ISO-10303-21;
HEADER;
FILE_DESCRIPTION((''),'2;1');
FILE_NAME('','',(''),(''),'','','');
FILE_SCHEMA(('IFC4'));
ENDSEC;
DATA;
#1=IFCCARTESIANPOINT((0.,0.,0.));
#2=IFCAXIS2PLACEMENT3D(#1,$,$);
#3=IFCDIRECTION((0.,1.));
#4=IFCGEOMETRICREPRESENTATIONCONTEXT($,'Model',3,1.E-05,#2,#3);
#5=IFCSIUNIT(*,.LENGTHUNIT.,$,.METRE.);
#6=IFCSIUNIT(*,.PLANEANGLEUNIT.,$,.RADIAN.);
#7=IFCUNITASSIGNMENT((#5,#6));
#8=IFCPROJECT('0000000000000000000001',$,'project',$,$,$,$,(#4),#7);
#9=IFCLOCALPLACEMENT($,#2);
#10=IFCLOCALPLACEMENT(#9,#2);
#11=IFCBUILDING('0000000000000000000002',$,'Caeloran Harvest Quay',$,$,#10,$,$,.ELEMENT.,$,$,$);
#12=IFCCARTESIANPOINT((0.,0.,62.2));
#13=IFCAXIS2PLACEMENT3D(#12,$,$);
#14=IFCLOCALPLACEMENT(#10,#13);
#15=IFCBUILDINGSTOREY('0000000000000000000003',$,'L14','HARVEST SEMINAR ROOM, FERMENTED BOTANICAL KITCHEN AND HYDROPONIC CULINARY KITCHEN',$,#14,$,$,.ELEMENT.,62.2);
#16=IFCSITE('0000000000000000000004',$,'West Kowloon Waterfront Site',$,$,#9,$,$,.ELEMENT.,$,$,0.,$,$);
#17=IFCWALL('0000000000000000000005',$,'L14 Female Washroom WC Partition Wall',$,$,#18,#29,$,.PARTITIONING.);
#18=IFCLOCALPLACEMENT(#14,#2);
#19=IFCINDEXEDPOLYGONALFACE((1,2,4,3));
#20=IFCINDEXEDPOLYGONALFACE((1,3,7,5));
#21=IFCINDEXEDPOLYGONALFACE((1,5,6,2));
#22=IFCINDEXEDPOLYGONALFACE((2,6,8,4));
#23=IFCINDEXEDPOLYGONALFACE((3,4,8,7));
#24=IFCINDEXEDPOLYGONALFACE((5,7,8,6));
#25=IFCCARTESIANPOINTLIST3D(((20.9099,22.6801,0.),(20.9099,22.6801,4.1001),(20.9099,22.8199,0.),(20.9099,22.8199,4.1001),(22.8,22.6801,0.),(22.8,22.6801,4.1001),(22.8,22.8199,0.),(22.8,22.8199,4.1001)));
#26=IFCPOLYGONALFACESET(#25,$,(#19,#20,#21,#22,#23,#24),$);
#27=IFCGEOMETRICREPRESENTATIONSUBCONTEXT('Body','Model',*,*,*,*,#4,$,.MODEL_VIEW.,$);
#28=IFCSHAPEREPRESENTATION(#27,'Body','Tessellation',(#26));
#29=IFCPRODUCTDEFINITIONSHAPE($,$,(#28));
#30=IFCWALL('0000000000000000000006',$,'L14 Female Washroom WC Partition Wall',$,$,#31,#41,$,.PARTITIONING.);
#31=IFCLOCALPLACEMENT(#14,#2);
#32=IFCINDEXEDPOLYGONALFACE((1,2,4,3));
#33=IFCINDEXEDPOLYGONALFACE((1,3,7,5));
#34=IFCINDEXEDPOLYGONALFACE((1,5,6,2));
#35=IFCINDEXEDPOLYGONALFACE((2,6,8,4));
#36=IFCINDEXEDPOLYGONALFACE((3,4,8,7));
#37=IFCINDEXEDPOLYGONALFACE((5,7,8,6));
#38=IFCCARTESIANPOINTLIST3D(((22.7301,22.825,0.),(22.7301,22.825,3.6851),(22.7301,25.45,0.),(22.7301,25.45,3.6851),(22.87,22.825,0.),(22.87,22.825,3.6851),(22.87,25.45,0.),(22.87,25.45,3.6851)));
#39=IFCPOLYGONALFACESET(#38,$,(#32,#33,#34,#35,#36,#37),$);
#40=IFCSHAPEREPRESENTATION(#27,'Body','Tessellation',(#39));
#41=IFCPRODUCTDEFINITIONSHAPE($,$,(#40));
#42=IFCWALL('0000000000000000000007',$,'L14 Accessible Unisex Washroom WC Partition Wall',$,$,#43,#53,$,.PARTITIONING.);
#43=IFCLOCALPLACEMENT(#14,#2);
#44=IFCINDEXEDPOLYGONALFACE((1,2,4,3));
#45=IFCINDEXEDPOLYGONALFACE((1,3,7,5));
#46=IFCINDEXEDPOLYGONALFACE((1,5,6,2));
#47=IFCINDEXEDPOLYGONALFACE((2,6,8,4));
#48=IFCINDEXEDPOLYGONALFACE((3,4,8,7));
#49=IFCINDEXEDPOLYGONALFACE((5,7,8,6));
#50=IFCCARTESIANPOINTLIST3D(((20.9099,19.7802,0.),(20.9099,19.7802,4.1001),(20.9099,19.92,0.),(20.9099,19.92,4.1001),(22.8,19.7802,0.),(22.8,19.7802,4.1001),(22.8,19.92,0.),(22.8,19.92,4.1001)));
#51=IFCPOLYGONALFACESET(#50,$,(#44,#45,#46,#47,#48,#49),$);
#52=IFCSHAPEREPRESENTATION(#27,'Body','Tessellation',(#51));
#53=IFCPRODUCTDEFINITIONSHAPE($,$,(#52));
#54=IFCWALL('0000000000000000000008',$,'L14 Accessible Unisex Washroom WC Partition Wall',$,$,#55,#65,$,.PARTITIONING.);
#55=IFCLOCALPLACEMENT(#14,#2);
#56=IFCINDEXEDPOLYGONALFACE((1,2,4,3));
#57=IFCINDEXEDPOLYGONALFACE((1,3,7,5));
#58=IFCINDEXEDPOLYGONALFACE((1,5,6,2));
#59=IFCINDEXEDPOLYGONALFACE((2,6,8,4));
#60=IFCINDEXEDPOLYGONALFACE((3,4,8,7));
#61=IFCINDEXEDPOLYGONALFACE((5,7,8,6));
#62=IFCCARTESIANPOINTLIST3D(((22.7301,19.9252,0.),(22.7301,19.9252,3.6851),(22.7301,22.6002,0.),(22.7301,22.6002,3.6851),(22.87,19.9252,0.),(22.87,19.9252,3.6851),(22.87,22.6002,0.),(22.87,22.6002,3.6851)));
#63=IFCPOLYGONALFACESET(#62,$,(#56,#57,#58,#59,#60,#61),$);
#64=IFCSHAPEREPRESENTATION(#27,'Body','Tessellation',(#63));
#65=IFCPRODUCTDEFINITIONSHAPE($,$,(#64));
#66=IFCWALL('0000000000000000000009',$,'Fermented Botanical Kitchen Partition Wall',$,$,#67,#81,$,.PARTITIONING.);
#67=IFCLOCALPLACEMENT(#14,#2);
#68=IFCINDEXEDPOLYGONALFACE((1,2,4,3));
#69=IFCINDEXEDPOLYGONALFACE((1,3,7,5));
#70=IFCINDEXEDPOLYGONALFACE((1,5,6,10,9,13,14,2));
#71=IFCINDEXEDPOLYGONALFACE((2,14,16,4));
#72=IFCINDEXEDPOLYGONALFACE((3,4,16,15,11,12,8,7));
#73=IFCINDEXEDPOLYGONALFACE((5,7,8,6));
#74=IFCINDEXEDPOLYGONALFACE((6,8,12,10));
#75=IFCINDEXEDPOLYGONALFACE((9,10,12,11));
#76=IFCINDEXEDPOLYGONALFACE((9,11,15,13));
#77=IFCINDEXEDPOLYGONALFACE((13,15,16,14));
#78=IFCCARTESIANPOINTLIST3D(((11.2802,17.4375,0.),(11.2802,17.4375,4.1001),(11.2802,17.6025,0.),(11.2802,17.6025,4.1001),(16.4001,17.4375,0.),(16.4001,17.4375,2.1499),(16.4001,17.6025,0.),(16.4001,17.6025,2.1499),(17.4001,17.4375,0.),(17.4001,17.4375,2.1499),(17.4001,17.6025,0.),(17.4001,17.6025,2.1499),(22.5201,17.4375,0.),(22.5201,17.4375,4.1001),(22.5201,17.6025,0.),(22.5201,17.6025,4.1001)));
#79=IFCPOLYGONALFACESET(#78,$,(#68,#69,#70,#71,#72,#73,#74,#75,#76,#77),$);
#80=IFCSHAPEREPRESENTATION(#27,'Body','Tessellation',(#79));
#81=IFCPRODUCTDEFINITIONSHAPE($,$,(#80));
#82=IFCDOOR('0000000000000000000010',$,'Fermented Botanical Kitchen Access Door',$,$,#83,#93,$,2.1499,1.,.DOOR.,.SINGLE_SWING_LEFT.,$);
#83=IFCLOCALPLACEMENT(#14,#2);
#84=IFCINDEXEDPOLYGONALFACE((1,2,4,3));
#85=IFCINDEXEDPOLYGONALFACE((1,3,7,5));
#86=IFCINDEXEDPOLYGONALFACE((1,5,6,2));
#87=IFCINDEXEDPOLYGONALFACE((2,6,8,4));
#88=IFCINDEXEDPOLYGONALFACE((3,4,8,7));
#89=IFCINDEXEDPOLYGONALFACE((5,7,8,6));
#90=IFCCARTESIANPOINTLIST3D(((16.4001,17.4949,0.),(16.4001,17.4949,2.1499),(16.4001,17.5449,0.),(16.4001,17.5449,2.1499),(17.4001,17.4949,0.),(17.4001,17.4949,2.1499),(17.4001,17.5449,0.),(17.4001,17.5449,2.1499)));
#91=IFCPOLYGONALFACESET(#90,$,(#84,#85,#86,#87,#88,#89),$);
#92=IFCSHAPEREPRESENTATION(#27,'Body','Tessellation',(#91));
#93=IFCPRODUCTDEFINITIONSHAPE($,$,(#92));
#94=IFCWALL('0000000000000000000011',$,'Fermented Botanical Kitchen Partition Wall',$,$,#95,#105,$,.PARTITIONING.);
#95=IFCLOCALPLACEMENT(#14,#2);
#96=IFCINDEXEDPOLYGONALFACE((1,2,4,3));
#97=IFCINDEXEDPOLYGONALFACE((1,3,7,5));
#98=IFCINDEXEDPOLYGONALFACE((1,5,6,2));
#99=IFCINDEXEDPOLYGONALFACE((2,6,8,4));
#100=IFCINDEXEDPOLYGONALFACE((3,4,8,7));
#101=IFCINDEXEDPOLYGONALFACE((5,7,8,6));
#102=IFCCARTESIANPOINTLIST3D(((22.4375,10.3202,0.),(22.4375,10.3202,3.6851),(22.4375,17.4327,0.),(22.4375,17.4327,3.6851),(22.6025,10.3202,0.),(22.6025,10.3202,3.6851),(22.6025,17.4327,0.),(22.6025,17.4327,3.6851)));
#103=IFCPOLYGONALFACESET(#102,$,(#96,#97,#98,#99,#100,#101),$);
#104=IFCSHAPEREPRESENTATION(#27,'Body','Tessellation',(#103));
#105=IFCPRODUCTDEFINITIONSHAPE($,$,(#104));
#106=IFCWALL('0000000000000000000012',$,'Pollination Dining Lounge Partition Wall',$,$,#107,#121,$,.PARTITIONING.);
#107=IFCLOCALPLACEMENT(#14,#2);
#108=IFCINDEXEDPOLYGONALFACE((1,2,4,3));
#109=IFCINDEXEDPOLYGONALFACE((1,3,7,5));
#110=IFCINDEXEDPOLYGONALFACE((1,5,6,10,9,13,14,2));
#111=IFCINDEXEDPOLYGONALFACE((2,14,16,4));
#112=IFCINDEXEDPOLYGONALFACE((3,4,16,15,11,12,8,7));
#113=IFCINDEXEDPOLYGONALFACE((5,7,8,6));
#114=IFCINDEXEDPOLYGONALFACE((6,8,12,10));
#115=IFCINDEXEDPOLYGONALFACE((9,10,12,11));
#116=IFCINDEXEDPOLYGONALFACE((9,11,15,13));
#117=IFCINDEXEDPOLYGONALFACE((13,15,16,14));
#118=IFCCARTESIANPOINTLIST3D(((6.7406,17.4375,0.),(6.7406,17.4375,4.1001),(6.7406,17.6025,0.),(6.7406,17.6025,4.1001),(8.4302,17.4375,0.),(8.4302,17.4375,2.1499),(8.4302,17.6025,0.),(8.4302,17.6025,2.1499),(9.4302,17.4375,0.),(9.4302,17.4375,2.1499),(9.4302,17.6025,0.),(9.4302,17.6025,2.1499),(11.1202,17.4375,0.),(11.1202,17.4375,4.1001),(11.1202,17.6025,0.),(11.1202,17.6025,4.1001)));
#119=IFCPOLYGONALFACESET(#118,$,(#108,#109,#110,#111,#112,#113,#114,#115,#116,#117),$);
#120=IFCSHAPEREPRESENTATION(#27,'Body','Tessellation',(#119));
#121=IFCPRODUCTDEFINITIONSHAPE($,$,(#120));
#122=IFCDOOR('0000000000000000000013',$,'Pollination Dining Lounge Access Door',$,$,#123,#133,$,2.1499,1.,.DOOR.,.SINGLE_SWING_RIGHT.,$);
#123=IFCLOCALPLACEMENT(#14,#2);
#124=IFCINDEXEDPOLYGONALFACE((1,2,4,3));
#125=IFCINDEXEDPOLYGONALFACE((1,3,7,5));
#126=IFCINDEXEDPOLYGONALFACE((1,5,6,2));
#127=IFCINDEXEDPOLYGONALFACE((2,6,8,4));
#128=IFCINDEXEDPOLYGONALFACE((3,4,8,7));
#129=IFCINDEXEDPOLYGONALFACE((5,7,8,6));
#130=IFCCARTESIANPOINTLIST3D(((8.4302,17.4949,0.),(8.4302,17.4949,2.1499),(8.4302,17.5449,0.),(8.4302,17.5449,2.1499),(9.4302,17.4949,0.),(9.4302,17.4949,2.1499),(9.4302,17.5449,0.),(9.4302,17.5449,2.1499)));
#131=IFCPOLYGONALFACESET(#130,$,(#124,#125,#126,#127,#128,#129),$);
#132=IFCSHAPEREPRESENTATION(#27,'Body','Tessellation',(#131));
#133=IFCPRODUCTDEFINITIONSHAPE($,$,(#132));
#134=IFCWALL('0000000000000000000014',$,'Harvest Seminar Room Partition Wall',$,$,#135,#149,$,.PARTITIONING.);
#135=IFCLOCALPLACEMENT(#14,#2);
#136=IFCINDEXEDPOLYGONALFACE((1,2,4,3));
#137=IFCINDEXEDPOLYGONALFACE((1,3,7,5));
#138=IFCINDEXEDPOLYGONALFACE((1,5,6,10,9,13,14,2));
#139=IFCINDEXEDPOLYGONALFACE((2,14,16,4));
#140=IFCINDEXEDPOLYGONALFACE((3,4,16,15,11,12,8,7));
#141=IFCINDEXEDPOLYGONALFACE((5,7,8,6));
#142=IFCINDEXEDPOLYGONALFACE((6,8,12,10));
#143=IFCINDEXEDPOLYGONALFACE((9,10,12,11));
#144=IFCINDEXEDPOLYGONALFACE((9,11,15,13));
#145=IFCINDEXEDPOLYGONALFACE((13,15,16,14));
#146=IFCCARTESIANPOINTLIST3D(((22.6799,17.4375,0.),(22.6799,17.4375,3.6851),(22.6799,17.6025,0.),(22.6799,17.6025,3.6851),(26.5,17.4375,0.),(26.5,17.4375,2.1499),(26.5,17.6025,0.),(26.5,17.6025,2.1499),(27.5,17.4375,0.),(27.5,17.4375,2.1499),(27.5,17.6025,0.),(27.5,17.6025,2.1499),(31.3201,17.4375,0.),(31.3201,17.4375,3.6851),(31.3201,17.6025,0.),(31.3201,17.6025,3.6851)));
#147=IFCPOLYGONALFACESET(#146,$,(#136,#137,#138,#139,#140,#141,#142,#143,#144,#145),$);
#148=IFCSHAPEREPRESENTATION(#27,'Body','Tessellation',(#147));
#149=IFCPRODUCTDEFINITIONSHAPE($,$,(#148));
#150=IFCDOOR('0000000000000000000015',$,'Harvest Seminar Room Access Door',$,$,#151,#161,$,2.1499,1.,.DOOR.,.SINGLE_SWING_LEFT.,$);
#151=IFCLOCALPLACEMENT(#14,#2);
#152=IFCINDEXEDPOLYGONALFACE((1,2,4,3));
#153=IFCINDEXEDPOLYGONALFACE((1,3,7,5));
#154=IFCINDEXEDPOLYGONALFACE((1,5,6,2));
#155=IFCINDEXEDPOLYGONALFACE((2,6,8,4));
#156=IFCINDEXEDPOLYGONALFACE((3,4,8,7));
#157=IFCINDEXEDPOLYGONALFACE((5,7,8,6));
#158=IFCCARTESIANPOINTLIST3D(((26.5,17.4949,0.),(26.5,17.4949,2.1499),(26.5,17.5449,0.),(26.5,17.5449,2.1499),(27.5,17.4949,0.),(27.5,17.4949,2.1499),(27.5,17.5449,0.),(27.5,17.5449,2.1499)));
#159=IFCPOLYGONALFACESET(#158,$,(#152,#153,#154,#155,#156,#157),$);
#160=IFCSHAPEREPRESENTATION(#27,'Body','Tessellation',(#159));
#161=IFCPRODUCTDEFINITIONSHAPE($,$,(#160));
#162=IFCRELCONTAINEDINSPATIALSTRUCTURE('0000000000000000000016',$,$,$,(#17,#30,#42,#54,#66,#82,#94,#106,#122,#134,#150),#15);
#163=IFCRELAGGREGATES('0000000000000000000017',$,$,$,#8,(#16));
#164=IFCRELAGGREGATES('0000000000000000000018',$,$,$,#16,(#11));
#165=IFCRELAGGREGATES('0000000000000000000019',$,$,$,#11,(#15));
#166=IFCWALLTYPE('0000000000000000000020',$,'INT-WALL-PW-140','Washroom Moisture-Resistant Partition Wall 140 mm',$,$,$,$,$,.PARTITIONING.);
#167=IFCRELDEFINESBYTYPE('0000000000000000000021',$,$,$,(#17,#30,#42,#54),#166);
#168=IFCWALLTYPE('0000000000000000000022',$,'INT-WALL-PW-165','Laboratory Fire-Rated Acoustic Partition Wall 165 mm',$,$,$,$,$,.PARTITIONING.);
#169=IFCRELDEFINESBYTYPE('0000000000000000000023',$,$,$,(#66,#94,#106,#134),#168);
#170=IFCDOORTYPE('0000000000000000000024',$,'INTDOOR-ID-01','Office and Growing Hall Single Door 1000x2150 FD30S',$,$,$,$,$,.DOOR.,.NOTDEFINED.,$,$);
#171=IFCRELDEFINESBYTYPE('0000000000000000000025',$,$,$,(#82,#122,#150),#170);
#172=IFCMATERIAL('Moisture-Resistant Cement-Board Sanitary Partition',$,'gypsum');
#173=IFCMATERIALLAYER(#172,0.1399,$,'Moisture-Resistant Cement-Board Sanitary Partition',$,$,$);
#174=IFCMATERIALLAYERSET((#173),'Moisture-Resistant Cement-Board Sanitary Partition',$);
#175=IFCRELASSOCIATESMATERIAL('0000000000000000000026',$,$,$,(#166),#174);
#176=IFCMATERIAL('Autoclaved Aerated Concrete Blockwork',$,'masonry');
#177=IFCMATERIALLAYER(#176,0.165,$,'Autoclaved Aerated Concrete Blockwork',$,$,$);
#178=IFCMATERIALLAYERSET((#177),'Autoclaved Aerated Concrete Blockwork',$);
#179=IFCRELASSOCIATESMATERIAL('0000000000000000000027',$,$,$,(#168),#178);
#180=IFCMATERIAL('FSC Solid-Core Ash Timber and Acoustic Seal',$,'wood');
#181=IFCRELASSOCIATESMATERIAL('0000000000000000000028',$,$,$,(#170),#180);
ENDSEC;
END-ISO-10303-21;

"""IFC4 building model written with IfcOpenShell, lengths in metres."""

from ifc_helpers import new_model, si_unit, direction, frame, frame_2d, origin, place, context, subcontext, project, spatial, rectangle, extrude, material, layer, layer_set, type_object, element, fill, save


model = new_model("IFC4")

# Units and contexts
model_context = context("Model", 3, precision=1e-05, world=origin(), true_north=direction((0.0, 1.0)))
body_context = subcontext(model_context, "Body", "Model", "MODEL_VIEW")
ifc_project = project(units=[si_unit("LENGTHUNIT", "METRE"), si_unit("PLANEANGLEUNIT", "RADIAN")], contexts=[model_context])

# Site, building, storey
site_placement = place(None, origin())
site = spatial("IfcSite", under=ifc_project, at=site_placement, Name="West Kowloon Waterfront Site", CompositionType="ELEMENT", RefElevation=0.0)
building_placement = place(site_placement, origin())
building = spatial("IfcBuilding", under=site, at=building_placement, Name="Caeloran Harvest Quay", CompositionType="ELEMENT")
storey_placement = place(building_placement, frame((0.0, 0.0, 62.2)))
storey = spatial("IfcBuildingStorey", under=building, at=storey_placement, Name="L14", Description="HARVEST SEMINAR ROOM, FERMENTED BOTANICAL KITCHEN AND HYDROPONIC CULINARY KITCHEN", CompositionType="ELEMENT", Elevation=62.2)

# Shared definitions
ifc_material_1 = material(Name="Moisture-Resistant Cement-Board Sanitary Partition", Category="gypsum")
ifc_layer_1 = layer(ifc_material_1, 0.1399, Name="Moisture-Resistant Cement-Board Sanitary Partition")
ifc_layer_set_1 = layer_set([ifc_layer_1], Name="Moisture-Resistant Cement-Board Sanitary Partition")
wall_type_1 = type_object("IfcWallType", Name="INT-WALL-PW-140", Description="Washroom Moisture-Resistant Partition Wall 140 mm", PredefinedType="PARTITIONING", material=ifc_layer_set_1)

# Wall
wall_1_placement = place(storey_placement, frame((22.8, 22.75, 0.0), z_axis=(0.0, 0.0, 1.0), x_axis=(-1.0, 0.0, 0.0)))
element("IfcWall", 1, at=wall_1_placement, inside=storey, type_object=wall_type_1, Name="L14 Female Washroom WC Partition Wall", PredefinedType="PARTITIONING", context=body_context, shape_type="SweptSolid", body=[
    extrude(rectangle(XDim=1.8901, YDim=0.1399, at=frame_2d((0.9451, 0.0))), origin(), (0.0, 0.0, 1.0), 4.1001),
])

# Walls
wall_2_placement = place(storey_placement, frame((22.8, 25.45, 0.0), z_axis=(0.0, 0.0, 1.0), x_axis=(0.0, -1.0, 0.0)))
element("IfcWall", 2, at=wall_2_placement, inside=storey, type_object=wall_type_1, Name="L14 Female Washroom WC Partition Wall", PredefinedType="PARTITIONING", context=body_context, shape_type="SweptSolid", body=[
    extrude(rectangle(XDim=2.625, YDim=0.1399, at=frame_2d((1.3125, 0.0))), origin(), (0.0, 0.0, 1.0), 3.6851),
])
wall_3_placement = place(storey_placement, frame((22.8, 19.8501, 0.0), z_axis=(0.0, 0.0, 1.0), x_axis=(-1.0, 0.0, 0.0)))
element("IfcWall", 3, at=wall_3_placement, inside=storey, type_object=wall_type_1, Name="L14 Accessible Unisex Washroom WC Partition Wall", PredefinedType="PARTITIONING", context=body_context, shape_type="SweptSolid", body=[
    extrude(rectangle(XDim=1.8901, YDim=0.1399, at=frame_2d((0.9451, 0.0))), origin(), (0.0, 0.0, 1.0), 4.1001),
])

# Wall
wall_4_placement = place(storey_placement, frame((22.8, 22.6001, 0.0), z_axis=(0.0, 0.0, 1.0), x_axis=(0.0, -1.0, 0.0)))
element("IfcWall", 4, at=wall_4_placement, inside=storey, type_object=wall_type_1, Name="L14 Accessible Unisex Washroom WC Partition Wall", PredefinedType="PARTITIONING", context=body_context, shape_type="SweptSolid", body=[
    extrude(rectangle(XDim=2.675, YDim=0.1399, at=frame_2d((1.3374, 0.0))), origin(), (0.0, 0.0, 1.0), 3.6851),
])

# Wall, opening, door
ifc_material_2 = material(Name="Autoclaved Aerated Concrete Blockwork", Category="masonry")
ifc_layer_2 = layer(ifc_material_2, 0.165, Name="Autoclaved Aerated Concrete Blockwork")
ifc_layer_set_2 = layer_set([ifc_layer_2], Name="Autoclaved Aerated Concrete Blockwork")
wall_type_2 = type_object("IfcWallType", Name="INT-WALL-PW-165", Description="Laboratory Fire-Rated Acoustic Partition Wall 165 mm", PredefinedType="PARTITIONING", material=ifc_layer_set_2)
wall_5_placement = place(storey_placement, frame((11.28, 17.52, 0.0), z_axis=(0.0, 0.0, 1.0), x_axis=(1.0, 0.0, 0.0)))
wall_5 = element("IfcWall", 5, at=wall_5_placement, inside=storey, type_object=wall_type_2, Name="Fermented Botanical Kitchen Partition Wall", PredefinedType="PARTITIONING", context=body_context, shape_type="SweptSolid", body=[
    extrude(rectangle(XDim=11.24, YDim=0.165, at=frame_2d((5.6201, 0.0))), origin(), (0.0, 0.0, 1.0), 4.1001),
])
opening_1_placement = place(wall_5_placement, frame((5.1201, 0.0, 0.0)))
opening_1 = element("IfcOpeningElement", 6, at=opening_1_placement, cuts=wall_5, PredefinedType="OPENING", context=body_context, shape_type="SweptSolid", body=[
    extrude(rectangle(XDim=1.0, YDim=2.1499, at=frame_2d((0.5, 1.075))), frame((0.0, 0.0925, 0.0), z_axis=(0.0, -1.0, 0.0), x_axis=(1.0, 0.0, 0.0)), (0.0, 0.0, 1.0), 0.1851),
])
ifc_material_3 = material(Name="FSC Solid-Core Ash Timber and Acoustic Seal", Category="wood")
door_type_1 = type_object("IfcDoorType", Name="INTDOOR-ID-01", Description="Office and Growing Hall Single Door 1000x2150 FD30S", OperationType="NOTDEFINED", PredefinedType="DOOR", material=ifc_material_3)
door_1_placement = place(opening_1_placement, origin())
door_1 = element("IfcDoor", 7, at=door_1_placement, inside=storey, type_object=door_type_1, Name="Fermented Botanical Kitchen Access Door", OperationType="SINGLE_SWING_LEFT", OverallHeight=2.1499, OverallWidth=1.0, PredefinedType="DOOR", context=body_context, shape_type="SweptSolid", body=[
    extrude(rectangle(XDim=1.0, YDim=2.1499, at=frame_2d((0.5, 1.075))), frame((0.0, 0.0249, 0.0), z_axis=(0.0, -1.0, 0.0), x_axis=(1.0, 0.0, 0.0)), (0.0, 0.0, 1.0), 0.05),
])
fill(opening_1, door_1)

# Wall
wall_6_placement = place(storey_placement, frame((22.52, 17.4326, 0.0), z_axis=(0.0, 0.0, 1.0), x_axis=(0.0, -1.0, 0.0)))
element("IfcWall", 8, at=wall_6_placement, inside=storey, type_object=wall_type_2, Name="Fermented Botanical Kitchen Partition Wall", PredefinedType="PARTITIONING", context=body_context, shape_type="SweptSolid", body=[
    extrude(rectangle(XDim=7.1125, YDim=0.165, at=frame_2d((3.5562, 0.0))), origin(), (0.0, 0.0, 1.0), 3.6851),
])

# Walls, openings, doors
wall_7_placement = place(storey_placement, frame((6.7405, 17.52, 0.0), z_axis=(0.0, 0.0, 1.0), x_axis=(1.0, 0.0, 0.0)))
wall_7 = element("IfcWall", 9, at=wall_7_placement, inside=storey, type_object=wall_type_2, Name="Pollination Dining Lounge Partition Wall", PredefinedType="PARTITIONING", context=body_context, shape_type="SweptSolid", body=[
    extrude(rectangle(XDim=4.3796, YDim=0.165, at=frame_2d((2.1899, 0.0))), origin(), (0.0, 0.0, 1.0), 4.1001),
])
opening_2_placement = place(wall_7_placement, frame((1.6897, 0.0, 0.0)))
opening_2 = element("IfcOpeningElement", 10, at=opening_2_placement, cuts=wall_7, PredefinedType="OPENING", context=body_context, shape_type="SweptSolid", body=[
    extrude(rectangle(XDim=1.0, YDim=2.1499, at=frame_2d((0.5, 1.075))), frame((0.0, 0.0925, 0.0), z_axis=(0.0, -1.0, 0.0), x_axis=(1.0, 0.0, 0.0)), (0.0, 0.0, 1.0), 0.1851),
])
door_2_placement = place(opening_2_placement, origin())
door_2 = element("IfcDoor", 11, at=door_2_placement, inside=storey, type_object=door_type_1, Name="Pollination Dining Lounge Access Door", OperationType="SINGLE_SWING_RIGHT", OverallHeight=2.1499, OverallWidth=1.0, PredefinedType="DOOR", context=body_context, shape_type="SweptSolid", body=[
    extrude(rectangle(XDim=1.0, YDim=2.1499, at=frame_2d((0.5, 1.075))), frame((0.0, 0.0249, 0.0), z_axis=(0.0, -1.0, 0.0), x_axis=(1.0, 0.0, 0.0)), (0.0, 0.0, 1.0), 0.05),
])
fill(opening_2, door_2)
wall_8_placement = place(storey_placement, frame((22.6799, 17.52, 0.0), z_axis=(0.0, 0.0, 1.0), x_axis=(1.0, 0.0, 0.0)))
wall_8 = element("IfcWall", 12, at=wall_8_placement, inside=storey, type_object=wall_type_2, Name="Harvest Seminar Room Partition Wall", PredefinedType="PARTITIONING", context=body_context, shape_type="SweptSolid", body=[
    extrude(rectangle(XDim=8.6401, YDim=0.165, at=frame_2d((4.3201, 0.0))), origin(), (0.0, 0.0, 1.0), 3.6851),
])
opening_3_placement = place(wall_8_placement, frame((3.8201, 0.0, 0.0)))
opening_3 = element("IfcOpeningElement", 13, at=opening_3_placement, cuts=wall_8, PredefinedType="OPENING", context=body_context, shape_type="SweptSolid", body=[
    extrude(rectangle(XDim=1.0, YDim=2.1499, at=frame_2d((0.5, 1.075))), frame((0.0, 0.0925, 0.0), z_axis=(0.0, -1.0, 0.0), x_axis=(1.0, 0.0, 0.0)), (0.0, 0.0, 1.0), 0.1851),
])
door_3_placement = place(opening_3_placement, origin())
door_3 = element("IfcDoor", 14, at=door_3_placement, inside=storey, type_object=door_type_1, Name="Harvest Seminar Room Access Door", OperationType="SINGLE_SWING_LEFT", OverallHeight=2.1499, OverallWidth=1.0, PredefinedType="DOOR", context=body_context, shape_type="SweptSolid", body=[
    extrude(rectangle(XDim=1.0, YDim=2.1499, at=frame_2d((0.5, 1.075))), frame((0.0, 0.0249, 0.0), z_axis=(0.0, -1.0, 0.0), x_axis=(1.0, 0.0, 0.0)), (0.0, 0.0, 1.0), 0.05),
])
fill(opening_3, door_3)

save(model, "model.ifc")
